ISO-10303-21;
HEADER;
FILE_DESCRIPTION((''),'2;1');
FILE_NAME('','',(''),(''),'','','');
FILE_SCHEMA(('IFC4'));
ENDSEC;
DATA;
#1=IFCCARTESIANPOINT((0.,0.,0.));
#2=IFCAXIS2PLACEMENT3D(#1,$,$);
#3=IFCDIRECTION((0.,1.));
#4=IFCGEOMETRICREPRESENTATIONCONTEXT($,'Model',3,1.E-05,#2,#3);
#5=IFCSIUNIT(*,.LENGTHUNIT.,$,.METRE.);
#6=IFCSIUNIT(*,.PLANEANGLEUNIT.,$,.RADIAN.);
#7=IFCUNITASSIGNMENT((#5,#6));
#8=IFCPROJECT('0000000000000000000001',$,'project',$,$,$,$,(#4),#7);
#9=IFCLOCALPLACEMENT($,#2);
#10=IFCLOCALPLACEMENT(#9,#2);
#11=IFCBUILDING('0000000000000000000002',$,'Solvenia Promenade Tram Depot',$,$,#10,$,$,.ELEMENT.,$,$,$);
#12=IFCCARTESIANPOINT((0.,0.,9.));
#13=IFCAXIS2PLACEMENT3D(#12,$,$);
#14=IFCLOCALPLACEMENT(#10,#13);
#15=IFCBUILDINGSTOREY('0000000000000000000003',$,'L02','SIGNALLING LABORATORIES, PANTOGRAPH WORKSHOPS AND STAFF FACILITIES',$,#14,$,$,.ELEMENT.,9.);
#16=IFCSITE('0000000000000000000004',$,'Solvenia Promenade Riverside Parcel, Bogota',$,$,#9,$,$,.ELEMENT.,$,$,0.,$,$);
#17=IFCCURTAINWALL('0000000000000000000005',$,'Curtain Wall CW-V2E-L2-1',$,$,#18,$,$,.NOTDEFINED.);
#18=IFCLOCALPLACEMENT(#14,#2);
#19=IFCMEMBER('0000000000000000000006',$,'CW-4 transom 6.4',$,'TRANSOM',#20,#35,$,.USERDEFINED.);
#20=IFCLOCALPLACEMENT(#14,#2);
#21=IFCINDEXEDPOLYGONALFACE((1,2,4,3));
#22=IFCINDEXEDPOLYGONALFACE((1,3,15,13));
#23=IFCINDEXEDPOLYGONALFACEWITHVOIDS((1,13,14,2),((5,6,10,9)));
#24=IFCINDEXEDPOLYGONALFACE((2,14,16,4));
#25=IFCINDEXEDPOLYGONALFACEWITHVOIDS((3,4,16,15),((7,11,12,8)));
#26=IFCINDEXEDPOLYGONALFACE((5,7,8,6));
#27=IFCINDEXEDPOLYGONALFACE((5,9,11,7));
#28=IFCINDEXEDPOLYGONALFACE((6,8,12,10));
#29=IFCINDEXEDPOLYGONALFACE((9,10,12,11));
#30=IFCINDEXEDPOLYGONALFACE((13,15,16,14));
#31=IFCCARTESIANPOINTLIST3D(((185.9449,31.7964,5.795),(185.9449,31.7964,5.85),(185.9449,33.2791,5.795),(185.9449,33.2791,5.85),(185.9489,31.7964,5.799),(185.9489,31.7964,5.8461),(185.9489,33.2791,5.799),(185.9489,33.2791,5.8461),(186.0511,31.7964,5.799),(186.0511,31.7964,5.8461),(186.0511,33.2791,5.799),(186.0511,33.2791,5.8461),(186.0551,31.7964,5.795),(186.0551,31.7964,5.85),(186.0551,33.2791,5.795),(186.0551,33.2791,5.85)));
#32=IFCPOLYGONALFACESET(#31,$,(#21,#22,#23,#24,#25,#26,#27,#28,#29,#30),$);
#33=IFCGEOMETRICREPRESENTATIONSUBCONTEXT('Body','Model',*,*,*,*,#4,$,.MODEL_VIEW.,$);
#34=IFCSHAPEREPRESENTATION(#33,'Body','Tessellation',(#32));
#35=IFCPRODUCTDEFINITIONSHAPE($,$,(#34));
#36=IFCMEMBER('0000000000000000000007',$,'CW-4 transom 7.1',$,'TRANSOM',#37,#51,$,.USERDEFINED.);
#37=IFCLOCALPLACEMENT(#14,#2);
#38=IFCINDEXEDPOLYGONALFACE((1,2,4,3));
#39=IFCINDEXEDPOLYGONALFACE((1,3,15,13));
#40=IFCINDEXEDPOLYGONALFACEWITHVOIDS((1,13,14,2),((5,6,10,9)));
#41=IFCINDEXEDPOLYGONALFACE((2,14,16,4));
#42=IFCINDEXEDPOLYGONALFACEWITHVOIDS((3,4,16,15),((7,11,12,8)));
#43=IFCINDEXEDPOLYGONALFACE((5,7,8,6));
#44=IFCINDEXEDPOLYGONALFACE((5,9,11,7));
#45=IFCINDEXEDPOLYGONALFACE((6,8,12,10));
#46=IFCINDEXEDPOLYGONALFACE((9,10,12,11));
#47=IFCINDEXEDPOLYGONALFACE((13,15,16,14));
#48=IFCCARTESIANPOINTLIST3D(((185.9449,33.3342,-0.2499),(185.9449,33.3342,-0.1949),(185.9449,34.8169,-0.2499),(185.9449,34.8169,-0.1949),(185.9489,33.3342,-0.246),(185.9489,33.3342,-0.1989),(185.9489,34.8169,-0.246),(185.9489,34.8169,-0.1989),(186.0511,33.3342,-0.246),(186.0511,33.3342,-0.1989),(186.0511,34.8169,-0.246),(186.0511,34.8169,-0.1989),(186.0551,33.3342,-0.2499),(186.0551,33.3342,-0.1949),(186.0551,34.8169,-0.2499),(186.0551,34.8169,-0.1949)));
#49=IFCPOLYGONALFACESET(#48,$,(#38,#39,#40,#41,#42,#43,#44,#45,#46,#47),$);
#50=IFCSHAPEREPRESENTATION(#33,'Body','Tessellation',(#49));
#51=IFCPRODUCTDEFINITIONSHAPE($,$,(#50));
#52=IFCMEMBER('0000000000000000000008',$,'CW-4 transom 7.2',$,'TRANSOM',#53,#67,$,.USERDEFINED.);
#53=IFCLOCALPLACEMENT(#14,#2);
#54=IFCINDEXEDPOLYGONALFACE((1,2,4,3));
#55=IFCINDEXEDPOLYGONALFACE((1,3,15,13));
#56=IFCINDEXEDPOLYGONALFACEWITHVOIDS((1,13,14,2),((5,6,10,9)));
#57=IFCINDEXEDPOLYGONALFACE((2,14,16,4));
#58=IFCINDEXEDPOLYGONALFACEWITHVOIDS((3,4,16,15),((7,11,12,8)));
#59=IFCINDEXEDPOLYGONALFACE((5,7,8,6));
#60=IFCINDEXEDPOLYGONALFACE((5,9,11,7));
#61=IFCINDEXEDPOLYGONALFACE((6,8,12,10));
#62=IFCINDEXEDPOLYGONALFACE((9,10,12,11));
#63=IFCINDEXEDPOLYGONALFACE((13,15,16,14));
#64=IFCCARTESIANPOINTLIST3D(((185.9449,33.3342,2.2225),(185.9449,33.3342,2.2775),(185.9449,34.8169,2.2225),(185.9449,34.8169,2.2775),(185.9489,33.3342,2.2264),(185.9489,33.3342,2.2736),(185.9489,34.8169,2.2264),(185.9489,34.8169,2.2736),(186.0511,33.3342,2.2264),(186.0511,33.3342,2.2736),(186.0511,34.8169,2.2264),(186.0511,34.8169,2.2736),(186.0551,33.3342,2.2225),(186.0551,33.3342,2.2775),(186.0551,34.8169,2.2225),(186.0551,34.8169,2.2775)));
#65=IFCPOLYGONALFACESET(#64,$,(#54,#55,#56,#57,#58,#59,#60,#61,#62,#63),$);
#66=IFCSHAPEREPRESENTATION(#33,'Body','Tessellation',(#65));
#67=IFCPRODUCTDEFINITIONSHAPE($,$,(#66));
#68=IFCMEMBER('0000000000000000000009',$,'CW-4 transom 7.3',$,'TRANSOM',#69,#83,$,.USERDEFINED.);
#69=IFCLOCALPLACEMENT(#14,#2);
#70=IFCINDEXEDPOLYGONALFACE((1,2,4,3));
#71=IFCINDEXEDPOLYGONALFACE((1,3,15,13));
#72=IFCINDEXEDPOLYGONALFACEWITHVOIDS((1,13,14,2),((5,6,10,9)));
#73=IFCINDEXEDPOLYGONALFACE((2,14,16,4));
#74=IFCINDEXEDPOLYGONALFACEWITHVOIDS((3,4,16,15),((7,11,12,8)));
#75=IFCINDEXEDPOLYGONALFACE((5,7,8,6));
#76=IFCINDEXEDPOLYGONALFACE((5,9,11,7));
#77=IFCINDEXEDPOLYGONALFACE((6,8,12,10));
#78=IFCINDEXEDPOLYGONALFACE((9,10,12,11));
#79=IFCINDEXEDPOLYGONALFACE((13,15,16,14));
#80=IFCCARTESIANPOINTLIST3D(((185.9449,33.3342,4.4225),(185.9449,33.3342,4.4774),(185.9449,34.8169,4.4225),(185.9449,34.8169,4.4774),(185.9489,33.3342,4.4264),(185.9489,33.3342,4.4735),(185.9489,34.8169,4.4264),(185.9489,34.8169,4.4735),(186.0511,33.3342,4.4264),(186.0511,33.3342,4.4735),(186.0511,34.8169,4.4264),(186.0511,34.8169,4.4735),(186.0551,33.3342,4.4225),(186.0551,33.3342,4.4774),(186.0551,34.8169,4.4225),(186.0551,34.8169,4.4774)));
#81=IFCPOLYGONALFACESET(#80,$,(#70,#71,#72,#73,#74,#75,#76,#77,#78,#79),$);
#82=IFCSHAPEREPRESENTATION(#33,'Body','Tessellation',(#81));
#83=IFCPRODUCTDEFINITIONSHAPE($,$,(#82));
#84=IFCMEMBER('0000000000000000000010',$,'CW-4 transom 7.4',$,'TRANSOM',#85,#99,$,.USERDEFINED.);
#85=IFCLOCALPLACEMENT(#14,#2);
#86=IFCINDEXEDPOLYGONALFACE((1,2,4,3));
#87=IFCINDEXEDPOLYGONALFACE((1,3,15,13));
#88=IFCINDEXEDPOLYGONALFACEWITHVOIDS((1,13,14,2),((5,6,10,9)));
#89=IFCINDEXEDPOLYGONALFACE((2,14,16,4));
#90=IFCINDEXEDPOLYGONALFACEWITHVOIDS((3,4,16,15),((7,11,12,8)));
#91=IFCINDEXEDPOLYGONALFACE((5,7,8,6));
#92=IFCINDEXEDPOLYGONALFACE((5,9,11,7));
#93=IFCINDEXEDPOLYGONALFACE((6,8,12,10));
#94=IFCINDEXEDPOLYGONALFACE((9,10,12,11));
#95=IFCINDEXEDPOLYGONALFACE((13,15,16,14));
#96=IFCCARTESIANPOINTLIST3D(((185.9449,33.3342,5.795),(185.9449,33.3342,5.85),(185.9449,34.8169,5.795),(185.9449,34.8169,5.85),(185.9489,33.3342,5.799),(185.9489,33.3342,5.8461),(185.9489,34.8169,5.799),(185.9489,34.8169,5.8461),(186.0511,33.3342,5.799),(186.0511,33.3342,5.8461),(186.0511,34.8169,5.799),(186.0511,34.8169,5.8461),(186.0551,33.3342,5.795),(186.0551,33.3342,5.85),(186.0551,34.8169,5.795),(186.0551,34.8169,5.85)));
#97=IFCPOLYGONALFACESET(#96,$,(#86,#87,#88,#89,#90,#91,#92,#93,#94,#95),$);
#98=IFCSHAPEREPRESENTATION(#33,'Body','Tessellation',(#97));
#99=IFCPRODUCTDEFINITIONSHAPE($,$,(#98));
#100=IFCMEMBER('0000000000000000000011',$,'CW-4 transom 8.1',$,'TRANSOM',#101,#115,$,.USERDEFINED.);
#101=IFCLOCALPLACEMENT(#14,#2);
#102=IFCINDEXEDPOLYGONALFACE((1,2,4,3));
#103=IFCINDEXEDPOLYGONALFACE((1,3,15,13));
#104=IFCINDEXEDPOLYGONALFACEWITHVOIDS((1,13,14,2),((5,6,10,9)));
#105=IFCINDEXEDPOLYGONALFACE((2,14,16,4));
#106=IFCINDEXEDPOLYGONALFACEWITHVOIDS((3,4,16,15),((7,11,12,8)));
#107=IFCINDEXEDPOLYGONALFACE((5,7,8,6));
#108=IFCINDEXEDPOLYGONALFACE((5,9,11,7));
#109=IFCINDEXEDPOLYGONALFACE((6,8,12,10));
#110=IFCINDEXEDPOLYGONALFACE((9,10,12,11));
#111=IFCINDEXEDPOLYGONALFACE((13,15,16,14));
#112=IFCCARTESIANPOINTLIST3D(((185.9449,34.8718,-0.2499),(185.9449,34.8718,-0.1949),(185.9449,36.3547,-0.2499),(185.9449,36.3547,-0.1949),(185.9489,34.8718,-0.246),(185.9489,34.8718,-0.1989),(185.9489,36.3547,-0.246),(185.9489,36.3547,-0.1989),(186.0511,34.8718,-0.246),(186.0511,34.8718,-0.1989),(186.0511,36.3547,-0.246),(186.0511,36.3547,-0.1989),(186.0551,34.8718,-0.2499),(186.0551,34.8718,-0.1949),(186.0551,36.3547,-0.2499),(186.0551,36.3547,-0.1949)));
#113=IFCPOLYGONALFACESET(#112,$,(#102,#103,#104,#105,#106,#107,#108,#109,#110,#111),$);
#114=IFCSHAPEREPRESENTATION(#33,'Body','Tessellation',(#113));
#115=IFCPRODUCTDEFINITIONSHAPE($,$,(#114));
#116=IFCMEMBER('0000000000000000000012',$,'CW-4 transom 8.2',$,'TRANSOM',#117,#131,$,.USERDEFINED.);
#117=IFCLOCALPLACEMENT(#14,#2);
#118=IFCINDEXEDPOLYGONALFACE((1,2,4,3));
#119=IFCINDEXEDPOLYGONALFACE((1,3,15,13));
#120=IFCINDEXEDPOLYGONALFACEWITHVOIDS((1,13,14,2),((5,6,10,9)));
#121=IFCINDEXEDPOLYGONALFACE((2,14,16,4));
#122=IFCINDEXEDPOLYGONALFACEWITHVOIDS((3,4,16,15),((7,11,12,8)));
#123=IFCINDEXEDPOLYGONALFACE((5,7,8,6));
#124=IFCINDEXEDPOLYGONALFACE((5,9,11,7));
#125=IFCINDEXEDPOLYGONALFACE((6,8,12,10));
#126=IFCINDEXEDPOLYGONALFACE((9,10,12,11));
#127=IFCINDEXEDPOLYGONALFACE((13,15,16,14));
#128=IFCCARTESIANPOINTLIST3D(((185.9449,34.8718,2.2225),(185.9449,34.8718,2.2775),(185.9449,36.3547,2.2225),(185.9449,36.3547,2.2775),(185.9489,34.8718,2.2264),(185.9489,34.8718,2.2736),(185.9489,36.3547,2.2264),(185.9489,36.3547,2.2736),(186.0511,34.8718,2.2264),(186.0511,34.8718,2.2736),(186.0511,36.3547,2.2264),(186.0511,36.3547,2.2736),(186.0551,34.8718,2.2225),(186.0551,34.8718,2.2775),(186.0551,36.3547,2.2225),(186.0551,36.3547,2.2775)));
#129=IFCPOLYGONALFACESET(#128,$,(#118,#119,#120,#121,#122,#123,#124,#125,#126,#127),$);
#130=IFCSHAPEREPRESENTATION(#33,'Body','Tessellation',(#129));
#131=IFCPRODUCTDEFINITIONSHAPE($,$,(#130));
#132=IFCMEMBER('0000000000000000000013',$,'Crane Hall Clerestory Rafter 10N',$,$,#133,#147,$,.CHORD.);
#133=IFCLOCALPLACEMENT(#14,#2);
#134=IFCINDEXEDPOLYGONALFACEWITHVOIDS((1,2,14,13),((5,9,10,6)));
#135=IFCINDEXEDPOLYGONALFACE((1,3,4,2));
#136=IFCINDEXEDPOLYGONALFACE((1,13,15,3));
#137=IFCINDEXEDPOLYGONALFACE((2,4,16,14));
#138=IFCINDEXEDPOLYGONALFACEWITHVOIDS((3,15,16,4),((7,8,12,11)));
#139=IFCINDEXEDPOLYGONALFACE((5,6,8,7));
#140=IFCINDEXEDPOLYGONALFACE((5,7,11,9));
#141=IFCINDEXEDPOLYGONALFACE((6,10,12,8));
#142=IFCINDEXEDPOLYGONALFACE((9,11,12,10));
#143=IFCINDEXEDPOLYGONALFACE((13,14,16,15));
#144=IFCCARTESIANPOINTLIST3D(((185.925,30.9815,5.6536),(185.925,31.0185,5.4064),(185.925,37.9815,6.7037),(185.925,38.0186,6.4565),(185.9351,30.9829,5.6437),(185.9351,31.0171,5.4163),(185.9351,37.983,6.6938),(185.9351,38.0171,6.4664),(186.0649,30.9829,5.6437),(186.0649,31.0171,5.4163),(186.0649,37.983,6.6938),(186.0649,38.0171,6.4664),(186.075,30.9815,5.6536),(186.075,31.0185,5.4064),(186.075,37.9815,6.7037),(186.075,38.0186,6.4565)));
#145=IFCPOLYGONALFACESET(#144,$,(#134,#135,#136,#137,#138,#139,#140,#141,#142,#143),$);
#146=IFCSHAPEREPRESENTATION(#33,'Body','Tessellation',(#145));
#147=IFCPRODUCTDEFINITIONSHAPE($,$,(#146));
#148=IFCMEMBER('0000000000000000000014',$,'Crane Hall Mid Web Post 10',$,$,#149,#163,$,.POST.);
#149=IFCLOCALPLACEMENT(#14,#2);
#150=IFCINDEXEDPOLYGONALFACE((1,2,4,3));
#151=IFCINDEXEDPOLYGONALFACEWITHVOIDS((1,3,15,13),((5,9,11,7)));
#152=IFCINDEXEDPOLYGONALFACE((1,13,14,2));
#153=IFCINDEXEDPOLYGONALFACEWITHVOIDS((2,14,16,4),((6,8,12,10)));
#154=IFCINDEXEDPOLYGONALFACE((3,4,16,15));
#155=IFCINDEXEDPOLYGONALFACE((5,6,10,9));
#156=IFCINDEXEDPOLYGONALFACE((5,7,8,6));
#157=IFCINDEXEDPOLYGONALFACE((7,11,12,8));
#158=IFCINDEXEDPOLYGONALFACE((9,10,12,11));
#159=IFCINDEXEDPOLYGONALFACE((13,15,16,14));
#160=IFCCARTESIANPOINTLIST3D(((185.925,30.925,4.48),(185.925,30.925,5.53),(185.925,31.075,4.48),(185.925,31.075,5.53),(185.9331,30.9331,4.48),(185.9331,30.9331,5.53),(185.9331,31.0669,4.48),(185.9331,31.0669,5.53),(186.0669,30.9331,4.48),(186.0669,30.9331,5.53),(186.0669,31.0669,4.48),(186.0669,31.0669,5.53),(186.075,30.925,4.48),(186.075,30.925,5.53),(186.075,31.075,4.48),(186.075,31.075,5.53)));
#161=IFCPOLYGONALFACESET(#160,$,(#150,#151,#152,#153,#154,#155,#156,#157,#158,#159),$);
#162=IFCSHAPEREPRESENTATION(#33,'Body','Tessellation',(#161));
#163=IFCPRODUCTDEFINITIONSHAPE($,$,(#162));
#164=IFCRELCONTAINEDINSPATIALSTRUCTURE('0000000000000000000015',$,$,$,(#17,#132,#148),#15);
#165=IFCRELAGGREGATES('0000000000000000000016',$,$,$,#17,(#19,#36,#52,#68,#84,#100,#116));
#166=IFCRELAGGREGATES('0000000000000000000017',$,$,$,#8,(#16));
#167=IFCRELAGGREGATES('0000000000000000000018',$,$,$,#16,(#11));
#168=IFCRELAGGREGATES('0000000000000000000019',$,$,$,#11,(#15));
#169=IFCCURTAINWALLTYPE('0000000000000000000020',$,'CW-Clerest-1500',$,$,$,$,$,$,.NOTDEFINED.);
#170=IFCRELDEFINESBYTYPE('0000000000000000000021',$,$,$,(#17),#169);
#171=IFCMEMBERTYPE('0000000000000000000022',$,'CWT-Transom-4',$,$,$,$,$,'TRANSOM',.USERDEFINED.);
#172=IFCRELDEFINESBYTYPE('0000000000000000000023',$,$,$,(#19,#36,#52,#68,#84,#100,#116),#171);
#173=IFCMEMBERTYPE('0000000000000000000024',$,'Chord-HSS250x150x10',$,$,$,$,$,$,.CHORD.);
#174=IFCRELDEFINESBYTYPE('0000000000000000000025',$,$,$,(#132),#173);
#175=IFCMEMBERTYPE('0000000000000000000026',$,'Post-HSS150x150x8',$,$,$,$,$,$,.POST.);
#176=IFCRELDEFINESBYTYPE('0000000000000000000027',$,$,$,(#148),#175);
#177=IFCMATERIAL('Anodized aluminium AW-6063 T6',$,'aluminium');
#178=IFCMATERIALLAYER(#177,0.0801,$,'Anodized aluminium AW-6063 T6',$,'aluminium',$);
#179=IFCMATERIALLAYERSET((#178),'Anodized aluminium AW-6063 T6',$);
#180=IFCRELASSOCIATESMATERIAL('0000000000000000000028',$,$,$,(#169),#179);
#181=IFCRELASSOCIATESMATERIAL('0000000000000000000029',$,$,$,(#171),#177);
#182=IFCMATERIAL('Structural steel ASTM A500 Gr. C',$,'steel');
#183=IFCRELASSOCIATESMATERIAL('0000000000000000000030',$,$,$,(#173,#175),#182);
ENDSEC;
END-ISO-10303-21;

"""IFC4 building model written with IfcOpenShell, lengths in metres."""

from ifc_helpers import new_model, si_unit, direction, frame, origin, origin_2d, place, context, subcontext, project, spatial, hollow_rectangle, extrude, material, layer, layer_set, material_profile, profile_set, type_object, element, aggregate, save


model = new_model("IFC4")

# Units and contexts
model_context = context("Model", 3, precision=1e-05, world=origin(), true_north=direction((0.0, 1.0)))
body_context = subcontext(model_context, "Body", "Model", "MODEL_VIEW")
ifc_project = project(units=[si_unit("LENGTHUNIT", "METRE"), si_unit("PLANEANGLEUNIT", "RADIAN")], contexts=[model_context])

# Site, building, storey
site_placement = place(None, origin())
site = spatial("IfcSite", under=ifc_project, at=site_placement, Name="Solvenia Promenade Riverside Parcel, Bogota", CompositionType="ELEMENT", RefElevation=0.0)
building_placement = place(site_placement, origin())
building = spatial("IfcBuilding", under=site, at=building_placement, Name="Solvenia Promenade Tram Depot", CompositionType="ELEMENT")
storey_placement = place(building_placement, frame((0.0, 0.0, 9.0)))
storey = spatial("IfcBuildingStorey", under=building, at=storey_placement, Name="L02", Description="SIGNALLING LABORATORIES, PANTOGRAPH WORKSHOPS AND STAFF FACILITIES", CompositionType="ELEMENT", Elevation=9.0)

# Curtain wall, members
ifc_material_1 = material(Name="Anodized aluminium AW-6063 T6", Category="aluminium")
ifc_layer_1 = layer(ifc_material_1, 0.0801, Name="Anodized aluminium AW-6063 T6", Category="aluminium")
ifc_layer_set_1 = layer_set([ifc_layer_1], Name="Anodized aluminium AW-6063 T6")
curtain_wall_type = type_object("IfcCurtainWallType", Name="CW-Clerest-1500", PredefinedType="NOTDEFINED", material=ifc_layer_set_1)
curtain_wall_placement = place(storey_placement, origin())
curtain_wall = element("IfcCurtainWall", 1, at=curtain_wall_placement, inside=storey, type_object=curtain_wall_type, Name="Curtain Wall CW-V2E-L2-1", PredefinedType="NOTDEFINED")
ifc_material_profile_1 = material_profile(ifc_material_1, hollow_rectangle(XDim=0.1101, YDim=0.0549, WallThickness=0.0039, at=origin_2d()), Name="ALU-T4", Category="aluminium")
ifc_profile_set_1 = profile_set([ifc_material_profile_1], Name="Anodized aluminium AW-6063 T6")
member_type_1 = type_object("IfcMemberType", Name="CWT-Transom-4", ElementType="TRANSOM", PredefinedType="USERDEFINED", material=ifc_profile_set_1)
member_1_placement = place(storey_placement, frame((186.0, 31.7964, 5.8225), z_axis=(0.0, 1.0, 0.0), x_axis=(-1.0, 0.0, 0.0)))
member_1 = element("IfcMember", 2, at=member_1_placement, type_object=member_type_1, Name="CW-4 transom 6.4", ObjectType="TRANSOM", PredefinedType="USERDEFINED", context=body_context, shape_type="SweptSolid", body=[
    extrude(hollow_rectangle(XDim=0.1101, YDim=0.0549, WallThickness=0.0039, at=origin_2d()), origin(), (0.0, 0.0, 1.0), 1.4827),
])
member_2_placement = place(storey_placement, frame((186.0, 33.3342, -0.2224), z_axis=(0.0, 1.0, 0.0), x_axis=(-1.0, 0.0, 0.0)))
member_2 = element("IfcMember", 3, at=member_2_placement, type_object=member_type_1, Name="CW-4 transom 7.1", ObjectType="TRANSOM", PredefinedType="USERDEFINED", context=body_context, shape_type="SweptSolid", body=[
    extrude(hollow_rectangle(XDim=0.1101, YDim=0.0549, WallThickness=0.0039, at=origin_2d()), origin(), (0.0, 0.0, 1.0), 1.4827),
])
member_3_placement = place(storey_placement, frame((186.0, 33.3342, 2.25), z_axis=(0.0, 1.0, 0.0), x_axis=(-1.0, 0.0, 0.0)))
member_3 = element("IfcMember", 4, at=member_3_placement, type_object=member_type_1, Name="CW-4 transom 7.2", ObjectType="TRANSOM", PredefinedType="USERDEFINED", context=body_context, shape_type="SweptSolid", body=[
    extrude(hollow_rectangle(XDim=0.1101, YDim=0.0549, WallThickness=0.0039, at=origin_2d()), origin(), (0.0, 0.0, 1.0), 1.4827),
])
member_4_placement = place(storey_placement, frame((186.0, 33.3342, 4.45), z_axis=(0.0, 1.0, 0.0), x_axis=(-1.0, 0.0, 0.0)))
member_4 = element("IfcMember", 5, at=member_4_placement, type_object=member_type_1, Name="CW-4 transom 7.3", ObjectType="TRANSOM", PredefinedType="USERDEFINED", context=body_context, shape_type="SweptSolid", body=[
    extrude(hollow_rectangle(XDim=0.1101, YDim=0.0549, WallThickness=0.0039, at=origin_2d()), origin(), (0.0, 0.0, 1.0), 1.4827),
])
member_5_placement = place(storey_placement, frame((186.0, 33.3342, 5.8225), z_axis=(0.0, 1.0, 0.0), x_axis=(-1.0, 0.0, 0.0)))
member_5 = element("IfcMember", 6, at=member_5_placement, type_object=member_type_1, Name="CW-4 transom 7.4", ObjectType="TRANSOM", PredefinedType="USERDEFINED", context=body_context, shape_type="SweptSolid", body=[
    extrude(hollow_rectangle(XDim=0.1101, YDim=0.0549, WallThickness=0.0039, at=origin_2d()), origin(), (0.0, 0.0, 1.0), 1.4827),
])
member_6_placement = place(storey_placement, frame((186.0, 34.8718, -0.2224), z_axis=(0.0, 1.0, 0.0), x_axis=(-1.0, 0.0, 0.0)))
member_6 = element("IfcMember", 7, at=member_6_placement, type_object=member_type_1, Name="CW-4 transom 8.1", ObjectType="TRANSOM", PredefinedType="USERDEFINED", context=body_context, shape_type="SweptSolid", body=[
    extrude(hollow_rectangle(XDim=0.1101, YDim=0.0549, WallThickness=0.0039, at=origin_2d()), origin(), (0.0, 0.0, 1.0), 1.4829),
])
member_7_placement = place(storey_placement, frame((186.0, 34.8718, 2.25), z_axis=(0.0, 1.0, 0.0), x_axis=(-1.0, 0.0, 0.0)))
member_7 = element("IfcMember", 8, at=member_7_placement, type_object=member_type_1, Name="CW-4 transom 8.2", ObjectType="TRANSOM", PredefinedType="USERDEFINED", context=body_context, shape_type="SweptSolid", body=[
    extrude(hollow_rectangle(XDim=0.1101, YDim=0.0549, WallThickness=0.0039, at=origin_2d()), origin(), (0.0, 0.0, 1.0), 1.4829),
])

# Members
ifc_material_2 = material(Name="Structural steel ASTM A500 Gr. C", Category="steel")
ifc_material_profile_2 = material_profile(ifc_material_2, hollow_rectangle(XDim=0.1499, YDim=0.25, WallThickness=0.01, at=origin_2d()), Name="HSS250x150x10", Category="steel")
ifc_profile_set_2 = profile_set([ifc_material_profile_2], Name="Structural steel ASTM A500 Gr. C")
member_type_2 = type_object("IfcMemberType", Name="Chord-HSS250x150x10", PredefinedType="CHORD", material=ifc_profile_set_2)
member_8_placement = place(storey_placement, frame((186.0, 31.0, 5.53), z_axis=(0.0, 0.988935, 0.148347), x_axis=(-1.0, 0.0, 0.0)))
element("IfcMember", 9, at=member_8_placement, inside=storey, type_object=member_type_2, Name="Crane Hall Clerestory Rafter 10N", PredefinedType="CHORD", context=body_context, shape_type="SweptSolid", body=[
    extrude(hollow_rectangle(XDim=0.1499, YDim=0.25, WallThickness=0.01, at=origin_2d()), origin(), (0.0, 0.0, 1.0), 7.0784),
])
ifc_material_profile_3 = material_profile(ifc_material_2, hollow_rectangle(XDim=0.1499, YDim=0.1499, WallThickness=0.0081, at=origin_2d()), Name="HSS150x150x8", Category="steel")
ifc_profile_set_3 = profile_set([ifc_material_profile_3], Name="Structural steel ASTM A500 Gr. C")
member_type_3 = type_object("IfcMemberType", Name="Post-HSS150x150x8", PredefinedType="POST", material=ifc_profile_set_3)
member_9_placement = place(storey_placement, frame((186.0, 31.0, 4.48), z_axis=(0.0, 0.0, 1.0), x_axis=(1.0, 0.0, 0.0)))
element("IfcMember", 10, at=member_9_placement, inside=storey, type_object=member_type_3, Name="Crane Hall Mid Web Post 10", PredefinedType="POST", context=body_context, shape_type="SweptSolid", body=[
    extrude(hollow_rectangle(XDim=0.1499, YDim=0.1499, WallThickness=0.0081, at=origin_2d()), origin(), (0.0, 0.0, 1.0), 1.05),
])

aggregate(curtain_wall, [member_1, member_2, member_3, member_4, member_5, member_6, member_7])

save(model, "model.ifc")
